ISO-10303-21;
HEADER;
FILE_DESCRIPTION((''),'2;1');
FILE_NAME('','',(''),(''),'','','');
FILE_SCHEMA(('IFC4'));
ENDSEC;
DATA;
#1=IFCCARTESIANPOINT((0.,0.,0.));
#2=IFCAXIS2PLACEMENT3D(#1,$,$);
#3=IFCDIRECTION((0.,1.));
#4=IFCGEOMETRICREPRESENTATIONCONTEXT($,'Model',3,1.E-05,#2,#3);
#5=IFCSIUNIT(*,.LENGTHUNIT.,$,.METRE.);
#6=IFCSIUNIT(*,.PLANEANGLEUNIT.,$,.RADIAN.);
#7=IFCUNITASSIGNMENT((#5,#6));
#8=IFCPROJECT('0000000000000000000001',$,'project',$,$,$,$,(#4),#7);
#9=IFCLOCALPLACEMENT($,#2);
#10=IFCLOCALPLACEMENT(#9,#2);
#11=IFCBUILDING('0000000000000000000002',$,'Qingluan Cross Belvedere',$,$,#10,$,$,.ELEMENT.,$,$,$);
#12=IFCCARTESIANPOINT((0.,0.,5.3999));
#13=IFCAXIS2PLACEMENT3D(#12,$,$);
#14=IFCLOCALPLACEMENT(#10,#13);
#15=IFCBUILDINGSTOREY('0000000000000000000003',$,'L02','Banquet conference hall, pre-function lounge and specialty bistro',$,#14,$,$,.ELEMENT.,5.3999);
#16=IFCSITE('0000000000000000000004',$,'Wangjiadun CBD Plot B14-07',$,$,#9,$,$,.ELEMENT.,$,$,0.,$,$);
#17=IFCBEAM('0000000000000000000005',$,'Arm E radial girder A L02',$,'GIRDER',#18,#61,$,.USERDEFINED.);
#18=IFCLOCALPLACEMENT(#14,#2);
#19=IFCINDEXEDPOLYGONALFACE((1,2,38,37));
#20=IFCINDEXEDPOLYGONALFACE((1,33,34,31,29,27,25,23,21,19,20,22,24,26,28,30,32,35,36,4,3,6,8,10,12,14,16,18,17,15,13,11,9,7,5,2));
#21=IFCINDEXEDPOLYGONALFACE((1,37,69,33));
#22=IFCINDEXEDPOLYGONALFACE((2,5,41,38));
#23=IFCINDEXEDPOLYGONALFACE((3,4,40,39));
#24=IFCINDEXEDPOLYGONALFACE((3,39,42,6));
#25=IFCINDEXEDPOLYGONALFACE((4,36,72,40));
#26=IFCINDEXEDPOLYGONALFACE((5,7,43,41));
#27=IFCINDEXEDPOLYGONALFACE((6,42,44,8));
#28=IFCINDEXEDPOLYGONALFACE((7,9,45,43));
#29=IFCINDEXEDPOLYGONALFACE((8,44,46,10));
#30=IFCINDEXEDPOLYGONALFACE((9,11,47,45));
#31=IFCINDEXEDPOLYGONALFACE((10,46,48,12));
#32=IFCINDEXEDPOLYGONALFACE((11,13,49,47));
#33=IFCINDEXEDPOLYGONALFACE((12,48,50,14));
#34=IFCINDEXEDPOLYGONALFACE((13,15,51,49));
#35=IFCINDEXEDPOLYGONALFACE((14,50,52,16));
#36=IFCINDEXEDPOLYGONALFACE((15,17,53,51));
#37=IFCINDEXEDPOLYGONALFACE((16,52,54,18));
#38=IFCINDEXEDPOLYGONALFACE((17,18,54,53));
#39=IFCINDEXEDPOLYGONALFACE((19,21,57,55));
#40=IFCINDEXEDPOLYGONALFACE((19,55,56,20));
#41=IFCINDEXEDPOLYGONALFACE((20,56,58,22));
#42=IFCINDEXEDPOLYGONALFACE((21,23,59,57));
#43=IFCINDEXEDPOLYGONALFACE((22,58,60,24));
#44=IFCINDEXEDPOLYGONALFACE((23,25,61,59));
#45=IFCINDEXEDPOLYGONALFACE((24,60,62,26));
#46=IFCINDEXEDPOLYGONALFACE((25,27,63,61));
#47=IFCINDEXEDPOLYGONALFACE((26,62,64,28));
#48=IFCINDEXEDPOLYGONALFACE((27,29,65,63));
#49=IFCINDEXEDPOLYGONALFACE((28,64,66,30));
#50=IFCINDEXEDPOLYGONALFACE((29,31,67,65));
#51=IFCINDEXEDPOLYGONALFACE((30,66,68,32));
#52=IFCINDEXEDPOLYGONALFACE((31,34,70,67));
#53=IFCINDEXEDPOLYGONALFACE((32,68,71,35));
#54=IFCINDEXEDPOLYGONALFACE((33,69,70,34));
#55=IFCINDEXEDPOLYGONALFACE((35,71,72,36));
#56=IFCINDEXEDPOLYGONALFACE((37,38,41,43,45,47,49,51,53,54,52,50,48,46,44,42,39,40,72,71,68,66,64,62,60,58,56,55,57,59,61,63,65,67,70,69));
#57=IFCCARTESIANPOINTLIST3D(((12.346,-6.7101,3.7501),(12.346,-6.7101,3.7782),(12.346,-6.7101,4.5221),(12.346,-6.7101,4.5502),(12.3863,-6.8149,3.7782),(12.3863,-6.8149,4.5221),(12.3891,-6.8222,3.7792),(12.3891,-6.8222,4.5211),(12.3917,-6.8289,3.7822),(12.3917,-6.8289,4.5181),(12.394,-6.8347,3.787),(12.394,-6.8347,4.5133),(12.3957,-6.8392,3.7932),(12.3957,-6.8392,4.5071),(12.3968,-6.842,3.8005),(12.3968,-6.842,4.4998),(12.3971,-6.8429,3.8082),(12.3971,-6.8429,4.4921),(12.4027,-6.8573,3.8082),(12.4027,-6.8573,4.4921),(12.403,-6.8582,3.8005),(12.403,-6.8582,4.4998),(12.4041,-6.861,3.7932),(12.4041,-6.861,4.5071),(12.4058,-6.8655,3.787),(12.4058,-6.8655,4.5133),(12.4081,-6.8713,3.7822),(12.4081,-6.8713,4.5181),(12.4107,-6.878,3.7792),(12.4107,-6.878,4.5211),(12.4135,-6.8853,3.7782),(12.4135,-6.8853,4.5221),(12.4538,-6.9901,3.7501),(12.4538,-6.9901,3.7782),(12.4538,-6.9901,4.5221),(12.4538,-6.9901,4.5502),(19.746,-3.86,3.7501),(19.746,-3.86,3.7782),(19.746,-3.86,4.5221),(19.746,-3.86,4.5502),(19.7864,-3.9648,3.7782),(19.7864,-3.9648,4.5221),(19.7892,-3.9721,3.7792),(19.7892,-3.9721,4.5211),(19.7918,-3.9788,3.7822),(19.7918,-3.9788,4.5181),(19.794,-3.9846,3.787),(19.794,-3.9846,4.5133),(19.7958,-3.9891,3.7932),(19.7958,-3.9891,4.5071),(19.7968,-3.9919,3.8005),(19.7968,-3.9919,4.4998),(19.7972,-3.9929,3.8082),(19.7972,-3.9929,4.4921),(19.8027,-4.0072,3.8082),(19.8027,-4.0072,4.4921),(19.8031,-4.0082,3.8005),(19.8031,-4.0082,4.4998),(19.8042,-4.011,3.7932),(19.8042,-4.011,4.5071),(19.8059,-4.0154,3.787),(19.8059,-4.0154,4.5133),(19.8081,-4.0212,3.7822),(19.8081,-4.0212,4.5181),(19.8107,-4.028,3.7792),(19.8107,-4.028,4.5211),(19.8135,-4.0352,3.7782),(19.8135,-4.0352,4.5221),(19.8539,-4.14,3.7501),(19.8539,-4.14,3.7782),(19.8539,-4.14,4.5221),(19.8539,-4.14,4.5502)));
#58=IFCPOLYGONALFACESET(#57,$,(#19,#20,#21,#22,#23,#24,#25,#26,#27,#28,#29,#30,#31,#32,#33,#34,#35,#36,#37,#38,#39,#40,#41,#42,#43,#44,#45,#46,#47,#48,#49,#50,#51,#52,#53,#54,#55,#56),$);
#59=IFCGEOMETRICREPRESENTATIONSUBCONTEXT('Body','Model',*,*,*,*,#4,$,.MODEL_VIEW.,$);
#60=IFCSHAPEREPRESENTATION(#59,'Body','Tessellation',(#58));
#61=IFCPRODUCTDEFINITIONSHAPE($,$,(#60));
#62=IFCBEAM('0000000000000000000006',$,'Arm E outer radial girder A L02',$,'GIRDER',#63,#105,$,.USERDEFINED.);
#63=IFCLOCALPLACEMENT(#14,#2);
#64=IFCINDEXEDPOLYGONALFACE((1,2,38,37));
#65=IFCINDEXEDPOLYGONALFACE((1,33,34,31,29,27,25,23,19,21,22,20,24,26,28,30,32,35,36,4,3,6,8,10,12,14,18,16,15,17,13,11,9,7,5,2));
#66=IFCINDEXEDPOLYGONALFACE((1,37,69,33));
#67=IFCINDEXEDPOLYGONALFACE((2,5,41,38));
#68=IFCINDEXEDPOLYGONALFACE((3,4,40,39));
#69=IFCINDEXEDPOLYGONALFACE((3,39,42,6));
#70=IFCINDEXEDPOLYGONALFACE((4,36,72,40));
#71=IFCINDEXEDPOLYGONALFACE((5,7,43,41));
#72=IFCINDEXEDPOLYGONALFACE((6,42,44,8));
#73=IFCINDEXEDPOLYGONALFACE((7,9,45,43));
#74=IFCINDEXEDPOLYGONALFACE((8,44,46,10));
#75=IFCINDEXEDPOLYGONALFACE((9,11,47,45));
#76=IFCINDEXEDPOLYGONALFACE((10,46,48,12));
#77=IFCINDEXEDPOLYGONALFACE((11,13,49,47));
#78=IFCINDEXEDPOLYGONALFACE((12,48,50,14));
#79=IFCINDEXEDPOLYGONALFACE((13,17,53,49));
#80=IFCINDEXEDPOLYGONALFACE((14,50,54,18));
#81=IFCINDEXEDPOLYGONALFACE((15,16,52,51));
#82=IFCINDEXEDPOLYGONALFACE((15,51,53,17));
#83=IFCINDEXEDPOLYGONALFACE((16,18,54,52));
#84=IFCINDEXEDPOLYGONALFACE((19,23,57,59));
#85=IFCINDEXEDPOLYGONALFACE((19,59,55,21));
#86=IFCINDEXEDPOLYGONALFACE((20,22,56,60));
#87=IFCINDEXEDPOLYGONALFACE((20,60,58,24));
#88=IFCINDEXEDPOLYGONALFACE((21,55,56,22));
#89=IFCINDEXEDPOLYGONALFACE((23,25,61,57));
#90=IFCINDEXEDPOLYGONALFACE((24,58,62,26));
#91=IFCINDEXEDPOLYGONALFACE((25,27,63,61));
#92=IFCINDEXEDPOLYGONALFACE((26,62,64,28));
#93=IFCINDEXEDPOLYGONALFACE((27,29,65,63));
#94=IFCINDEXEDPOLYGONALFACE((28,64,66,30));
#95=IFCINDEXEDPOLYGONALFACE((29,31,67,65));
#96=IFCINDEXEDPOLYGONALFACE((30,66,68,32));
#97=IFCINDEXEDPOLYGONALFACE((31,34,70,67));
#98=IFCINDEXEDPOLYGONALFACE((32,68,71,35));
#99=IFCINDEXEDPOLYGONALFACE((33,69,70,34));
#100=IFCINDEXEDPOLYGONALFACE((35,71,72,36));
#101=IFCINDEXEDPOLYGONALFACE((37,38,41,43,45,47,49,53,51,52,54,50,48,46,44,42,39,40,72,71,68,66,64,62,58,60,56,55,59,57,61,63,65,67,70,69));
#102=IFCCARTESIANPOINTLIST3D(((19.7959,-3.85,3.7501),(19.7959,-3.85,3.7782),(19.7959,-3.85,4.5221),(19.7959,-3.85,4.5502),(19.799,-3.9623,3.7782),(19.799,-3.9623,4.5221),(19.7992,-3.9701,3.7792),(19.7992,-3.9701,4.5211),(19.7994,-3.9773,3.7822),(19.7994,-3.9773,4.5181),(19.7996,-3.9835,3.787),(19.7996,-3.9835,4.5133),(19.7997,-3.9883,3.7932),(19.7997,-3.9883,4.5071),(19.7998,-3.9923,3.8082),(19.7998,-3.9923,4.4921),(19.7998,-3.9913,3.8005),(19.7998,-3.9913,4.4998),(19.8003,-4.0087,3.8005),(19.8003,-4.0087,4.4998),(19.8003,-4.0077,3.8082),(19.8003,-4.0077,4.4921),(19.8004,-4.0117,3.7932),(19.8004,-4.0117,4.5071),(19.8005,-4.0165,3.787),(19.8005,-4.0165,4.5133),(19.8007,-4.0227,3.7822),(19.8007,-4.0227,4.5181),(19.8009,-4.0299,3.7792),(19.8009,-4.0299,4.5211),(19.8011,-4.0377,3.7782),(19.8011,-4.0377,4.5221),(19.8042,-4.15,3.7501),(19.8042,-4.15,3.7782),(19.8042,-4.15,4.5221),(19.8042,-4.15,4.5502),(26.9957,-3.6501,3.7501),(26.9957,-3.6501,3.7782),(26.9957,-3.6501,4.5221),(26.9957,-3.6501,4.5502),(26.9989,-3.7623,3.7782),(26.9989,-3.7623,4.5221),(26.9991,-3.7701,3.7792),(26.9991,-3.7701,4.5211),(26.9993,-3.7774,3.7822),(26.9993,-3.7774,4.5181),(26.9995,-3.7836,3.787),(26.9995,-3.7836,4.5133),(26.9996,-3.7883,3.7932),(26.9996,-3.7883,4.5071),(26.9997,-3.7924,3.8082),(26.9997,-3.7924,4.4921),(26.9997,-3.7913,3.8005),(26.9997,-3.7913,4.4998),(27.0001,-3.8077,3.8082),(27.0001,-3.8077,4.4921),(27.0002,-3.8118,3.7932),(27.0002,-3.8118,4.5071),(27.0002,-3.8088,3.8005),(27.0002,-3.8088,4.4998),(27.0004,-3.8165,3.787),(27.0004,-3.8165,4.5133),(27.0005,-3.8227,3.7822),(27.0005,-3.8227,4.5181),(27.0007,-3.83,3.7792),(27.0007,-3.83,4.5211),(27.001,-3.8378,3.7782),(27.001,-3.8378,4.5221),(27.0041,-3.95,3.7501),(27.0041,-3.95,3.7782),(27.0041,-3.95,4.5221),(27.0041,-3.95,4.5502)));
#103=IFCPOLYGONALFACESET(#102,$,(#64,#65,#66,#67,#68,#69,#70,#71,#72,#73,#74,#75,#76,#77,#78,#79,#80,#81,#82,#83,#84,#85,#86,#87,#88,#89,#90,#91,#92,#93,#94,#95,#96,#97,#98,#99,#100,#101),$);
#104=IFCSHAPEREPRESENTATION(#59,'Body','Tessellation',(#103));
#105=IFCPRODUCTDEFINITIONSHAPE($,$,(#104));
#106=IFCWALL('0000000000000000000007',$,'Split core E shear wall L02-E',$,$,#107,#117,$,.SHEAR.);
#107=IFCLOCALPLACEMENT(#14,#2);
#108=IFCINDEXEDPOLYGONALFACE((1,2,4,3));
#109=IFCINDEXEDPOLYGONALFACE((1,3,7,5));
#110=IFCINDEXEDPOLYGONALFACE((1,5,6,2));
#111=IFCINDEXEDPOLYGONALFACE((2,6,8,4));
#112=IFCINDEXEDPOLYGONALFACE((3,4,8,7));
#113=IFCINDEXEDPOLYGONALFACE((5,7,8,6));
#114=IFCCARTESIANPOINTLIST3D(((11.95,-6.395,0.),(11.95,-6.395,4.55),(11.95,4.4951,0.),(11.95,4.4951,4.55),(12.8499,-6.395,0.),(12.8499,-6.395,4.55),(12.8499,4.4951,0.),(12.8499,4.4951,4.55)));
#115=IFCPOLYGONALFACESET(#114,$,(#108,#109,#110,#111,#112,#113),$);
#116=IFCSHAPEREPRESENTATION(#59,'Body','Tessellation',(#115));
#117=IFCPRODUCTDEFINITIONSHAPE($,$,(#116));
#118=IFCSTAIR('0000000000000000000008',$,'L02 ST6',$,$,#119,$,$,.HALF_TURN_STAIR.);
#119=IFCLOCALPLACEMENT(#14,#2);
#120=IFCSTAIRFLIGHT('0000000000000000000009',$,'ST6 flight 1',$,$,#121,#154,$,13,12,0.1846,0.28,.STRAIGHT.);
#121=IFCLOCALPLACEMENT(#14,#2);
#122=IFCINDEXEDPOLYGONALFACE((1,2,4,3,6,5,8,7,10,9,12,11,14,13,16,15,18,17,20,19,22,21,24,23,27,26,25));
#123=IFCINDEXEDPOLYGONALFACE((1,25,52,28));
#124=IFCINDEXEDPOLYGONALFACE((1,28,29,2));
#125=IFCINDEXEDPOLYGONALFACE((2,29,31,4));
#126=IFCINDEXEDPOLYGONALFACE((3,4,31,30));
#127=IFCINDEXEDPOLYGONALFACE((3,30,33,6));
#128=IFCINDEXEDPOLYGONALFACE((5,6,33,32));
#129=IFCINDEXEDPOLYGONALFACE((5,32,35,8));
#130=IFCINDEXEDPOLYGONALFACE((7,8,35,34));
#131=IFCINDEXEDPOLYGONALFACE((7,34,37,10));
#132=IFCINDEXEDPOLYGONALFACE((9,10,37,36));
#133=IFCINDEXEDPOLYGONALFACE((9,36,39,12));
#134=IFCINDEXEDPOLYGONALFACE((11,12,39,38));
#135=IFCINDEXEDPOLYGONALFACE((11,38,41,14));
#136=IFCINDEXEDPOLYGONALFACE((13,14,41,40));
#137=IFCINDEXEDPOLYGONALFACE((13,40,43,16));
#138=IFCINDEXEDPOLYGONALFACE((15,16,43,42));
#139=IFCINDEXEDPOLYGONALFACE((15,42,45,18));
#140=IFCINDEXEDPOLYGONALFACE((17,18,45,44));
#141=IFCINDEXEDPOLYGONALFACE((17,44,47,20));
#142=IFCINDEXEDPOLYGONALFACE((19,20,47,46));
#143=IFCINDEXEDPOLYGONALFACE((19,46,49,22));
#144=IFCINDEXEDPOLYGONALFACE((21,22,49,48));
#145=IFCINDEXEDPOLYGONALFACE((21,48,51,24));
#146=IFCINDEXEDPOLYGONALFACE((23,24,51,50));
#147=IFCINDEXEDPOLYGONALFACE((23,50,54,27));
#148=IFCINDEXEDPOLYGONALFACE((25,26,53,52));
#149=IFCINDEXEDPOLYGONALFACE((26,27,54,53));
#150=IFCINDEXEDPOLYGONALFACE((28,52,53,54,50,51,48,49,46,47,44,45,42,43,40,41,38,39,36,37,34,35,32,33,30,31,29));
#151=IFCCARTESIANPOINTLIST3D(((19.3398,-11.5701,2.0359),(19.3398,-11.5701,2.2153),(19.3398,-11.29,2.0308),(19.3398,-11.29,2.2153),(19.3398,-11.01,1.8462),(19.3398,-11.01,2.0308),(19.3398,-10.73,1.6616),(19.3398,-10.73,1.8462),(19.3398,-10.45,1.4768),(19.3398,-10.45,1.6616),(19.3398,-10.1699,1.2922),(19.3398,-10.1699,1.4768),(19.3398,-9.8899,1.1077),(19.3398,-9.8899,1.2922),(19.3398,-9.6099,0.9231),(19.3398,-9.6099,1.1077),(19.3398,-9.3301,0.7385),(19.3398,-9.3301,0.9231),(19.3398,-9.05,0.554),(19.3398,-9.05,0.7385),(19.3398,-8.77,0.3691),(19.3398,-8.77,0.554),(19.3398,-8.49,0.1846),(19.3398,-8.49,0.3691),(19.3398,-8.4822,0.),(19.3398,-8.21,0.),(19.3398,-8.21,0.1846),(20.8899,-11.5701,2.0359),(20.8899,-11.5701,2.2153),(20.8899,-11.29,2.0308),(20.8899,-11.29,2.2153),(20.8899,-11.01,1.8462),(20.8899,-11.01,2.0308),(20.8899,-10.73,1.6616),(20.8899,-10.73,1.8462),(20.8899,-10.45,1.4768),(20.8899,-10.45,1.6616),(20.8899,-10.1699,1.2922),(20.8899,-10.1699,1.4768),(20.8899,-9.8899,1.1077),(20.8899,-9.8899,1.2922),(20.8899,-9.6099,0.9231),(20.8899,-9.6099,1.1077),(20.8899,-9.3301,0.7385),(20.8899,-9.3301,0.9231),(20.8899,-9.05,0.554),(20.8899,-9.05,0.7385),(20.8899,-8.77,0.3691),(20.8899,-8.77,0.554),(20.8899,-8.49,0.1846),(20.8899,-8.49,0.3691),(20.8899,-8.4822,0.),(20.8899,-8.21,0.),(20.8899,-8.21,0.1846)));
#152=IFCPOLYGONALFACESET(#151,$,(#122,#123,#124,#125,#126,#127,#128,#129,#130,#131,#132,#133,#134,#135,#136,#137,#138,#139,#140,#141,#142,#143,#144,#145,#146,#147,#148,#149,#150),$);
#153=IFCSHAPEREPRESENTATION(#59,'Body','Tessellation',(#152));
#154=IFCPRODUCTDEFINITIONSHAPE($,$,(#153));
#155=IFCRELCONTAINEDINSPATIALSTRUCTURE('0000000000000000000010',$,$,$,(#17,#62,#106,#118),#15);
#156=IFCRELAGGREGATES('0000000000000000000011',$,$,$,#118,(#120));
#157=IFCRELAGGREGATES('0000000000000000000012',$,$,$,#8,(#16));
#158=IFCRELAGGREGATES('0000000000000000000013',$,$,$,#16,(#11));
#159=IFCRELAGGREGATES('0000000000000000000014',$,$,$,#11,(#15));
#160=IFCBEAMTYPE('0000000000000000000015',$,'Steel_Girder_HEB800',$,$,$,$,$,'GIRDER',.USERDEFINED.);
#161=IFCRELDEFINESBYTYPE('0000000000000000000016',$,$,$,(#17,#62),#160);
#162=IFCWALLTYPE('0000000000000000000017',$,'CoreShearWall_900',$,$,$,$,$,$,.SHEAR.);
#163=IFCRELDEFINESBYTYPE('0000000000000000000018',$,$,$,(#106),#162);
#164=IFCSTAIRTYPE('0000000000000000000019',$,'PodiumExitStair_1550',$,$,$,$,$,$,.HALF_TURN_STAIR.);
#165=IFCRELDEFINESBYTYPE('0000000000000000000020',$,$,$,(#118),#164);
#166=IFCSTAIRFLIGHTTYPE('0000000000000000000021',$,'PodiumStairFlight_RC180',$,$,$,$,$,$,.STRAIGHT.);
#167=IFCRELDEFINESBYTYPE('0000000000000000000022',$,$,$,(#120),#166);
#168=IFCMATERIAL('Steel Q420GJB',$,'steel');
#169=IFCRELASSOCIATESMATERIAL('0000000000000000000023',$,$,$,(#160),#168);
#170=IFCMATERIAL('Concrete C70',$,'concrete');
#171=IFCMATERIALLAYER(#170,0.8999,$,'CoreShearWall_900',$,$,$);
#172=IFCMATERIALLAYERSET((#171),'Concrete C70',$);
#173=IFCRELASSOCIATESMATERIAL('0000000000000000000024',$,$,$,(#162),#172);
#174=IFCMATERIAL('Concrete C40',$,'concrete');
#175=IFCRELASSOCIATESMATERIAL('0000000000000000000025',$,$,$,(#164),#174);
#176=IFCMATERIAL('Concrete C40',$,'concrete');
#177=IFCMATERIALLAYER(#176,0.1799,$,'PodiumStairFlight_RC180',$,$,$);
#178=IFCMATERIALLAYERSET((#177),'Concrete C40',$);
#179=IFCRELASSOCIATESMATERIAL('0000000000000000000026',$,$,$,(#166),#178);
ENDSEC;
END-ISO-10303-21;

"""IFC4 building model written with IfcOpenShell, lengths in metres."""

from ifc_helpers import new_model, si_unit, direction, frame, frame_2d, origin, origin_2d, place, context, subcontext, project, spatial, polyline, rectangle, i_section, outline, extrude, material, layer, layer_set, material_profile, profile_set, type_object, element, aggregate, save


model = new_model("IFC4")

# Units and contexts
model_context = context("Model", 3, precision=1e-05, world=origin(), true_north=direction((0.0, 1.0)))
body_context = subcontext(model_context, "Body", "Model", "MODEL_VIEW")
ifc_project = project(units=[si_unit("LENGTHUNIT", "METRE"), si_unit("PLANEANGLEUNIT", "RADIAN")], contexts=[model_context])

# Site, building, storey
site_placement = place(None, origin())
site = spatial("IfcSite", under=ifc_project, at=site_placement, Name="Wangjiadun CBD Plot B14-07", CompositionType="ELEMENT", RefElevation=0.0)
building_placement = place(site_placement, origin())
building = spatial("IfcBuilding", under=site, at=building_placement, Name="Qingluan Cross Belvedere", CompositionType="ELEMENT")
storey_placement = place(building_placement, frame((0.0, 0.0, 5.3999)))
storey = spatial("IfcBuildingStorey", under=building, at=storey_placement, Name="L02", Description="Banquet conference hall, pre-function lounge and specialty bistro", CompositionType="ELEMENT", Elevation=5.3999)

# Beams
ifc_material_1 = material(Name="Steel Q420GJB", Category="steel")
ifc_material_profile_1 = material_profile(ifc_material_1, i_section(OverallWidth=0.3, OverallDepth=0.8, WebThickness=0.0154, FlangeThickness=0.0281, FilletRadius=0.03, at=origin_2d()), Name="HEB800")
ifc_profile_set_1 = profile_set([ifc_material_profile_1], Name="Steel Q420GJB")
beam_type_1 = type_object("IfcBeamType", Name="Steel_Girder_HEB800", ElementType="GIRDER", PredefinedType="USERDEFINED", material=ifc_profile_set_1)
beam_1_placement = place(storey_placement, frame((12.3999, -6.8501, 4.1501), z_axis=(0.933181, 0.359406, 0.0), x_axis=(-0.359406, 0.933181, 0.0)))
element("IfcBeam", 1, at=beam_1_placement, inside=storey, type_object=beam_type_1, Name="Arm E radial girder A L02", ObjectType="GIRDER", PredefinedType="USERDEFINED", context=body_context, shape_type="SweptSolid", body=[
    extrude(i_section(OverallWidth=0.3, OverallDepth=0.8, WebThickness=0.0154, FlangeThickness=0.0281, FilletRadius=0.03, at=origin_2d()), origin(), (0.0, 0.0, 1.0), 7.9299),
])
beam_2_placement = place(storey_placement, frame((19.8, -4.0, 4.1501), z_axis=(0.999615, 0.02776, 0.0), x_axis=(-0.02776, 0.999615, 0.0)))
element("IfcBeam", 2, at=beam_2_placement, inside=storey, type_object=beam_type_1, Name="Arm E outer radial girder A L02", ObjectType="GIRDER", PredefinedType="USERDEFINED", context=body_context, shape_type="SweptSolid", body=[
    extrude(i_section(OverallWidth=0.3, OverallDepth=0.8, WebThickness=0.0154, FlangeThickness=0.0281, FilletRadius=0.03, at=origin_2d()), origin(), (0.0, 0.0, 1.0), 7.2026),
])

# Wall
ifc_material_2 = material(Name="Concrete C70", Category="concrete")
ifc_layer_1 = layer(ifc_material_2, 0.8999, Name="CoreShearWall_900")
ifc_layer_set_1 = layer_set([ifc_layer_1], Name="Concrete C70")
wall_type_1 = type_object("IfcWallType", Name="CoreShearWall_900", PredefinedType="SHEAR", material=ifc_layer_set_1)
wall_1_placement = place(storey_placement, frame((12.3999, -6.395, 0.0), z_axis=(0.0, 0.0, 1.0), x_axis=(0.0, 1.0, 0.0)))
element("IfcWall", 3, at=wall_1_placement, inside=storey, type_object=wall_type_1, Name="Split core E shear wall L02-E", PredefinedType="SHEAR", context=body_context, shape_type="SweptSolid", body=[
    extrude(rectangle(XDim=10.8901, YDim=0.8999, at=frame_2d((5.4451, 0.0))), origin(), (0.0, 0.0, 1.0), 4.55),
])

# Stair, stair flight
ifc_material_3 = material(Name="Concrete C40", Category="concrete")
stair_type = type_object("IfcStairType", Name="PodiumExitStair_1550", PredefinedType="HALF_TURN_STAIR", material=ifc_material_3)
stair_placement = place(storey_placement, origin())
stair = element("IfcStair", 4, at=stair_placement, inside=storey, type_object=stair_type, Name="L02 ST6", PredefinedType="HALF_TURN_STAIR")
ifc_material_4 = material(Name="Concrete C40", Category="concrete")
ifc_layer_2 = layer(ifc_material_4, 0.1799, Name="PodiumStairFlight_RC180")
ifc_layer_set_2 = layer_set([ifc_layer_2], Name="Concrete C40")
stair_flight_type = type_object("IfcStairFlightType", Name="PodiumStairFlight_RC180", PredefinedType="STRAIGHT", material=ifc_layer_set_2)
stair_flight_placement = place(storey_placement, frame((20.115, -8.21, 0.0), z_axis=(0.0, 0.0, 1.0), x_axis=(0.0, -1.0, 0.0)))
stair_flight = element("IfcStairFlight", 5, at=stair_flight_placement, type_object=stair_flight_type, Name="ST6 flight 1", NumberOfRisers=13, NumberOfTreads=12, PredefinedType="STRAIGHT", RiserHeight=0.1846, TreadLength=0.28, context=body_context, shape_type="SweptSolid", body=[
    extrude(outline(polyline([(0.0, 0.0), (0.0, 0.1846), (0.28, 0.1846), (0.28, 0.3691), (0.5601, 0.3691), (0.5601, 0.554), (0.8401, 0.554), (0.8401, 0.7385), (1.1201, 0.7385), (1.1201, 0.9231), (1.3999, 0.9231), (1.3999, 1.1077), (1.6799, 1.1077), (1.6799, 1.2922), (1.96, 1.2922), (1.96, 1.4768), (2.24, 1.4768), (2.24, 1.6616), (2.52, 1.6616), (2.52, 1.8462), (2.8, 1.8462), (2.8, 2.0308), (3.0801, 2.0308), (3.0801, 2.2153), (3.3601, 2.2153), (3.3601, 2.3999), (3.3601, 2.0359), (0.2722, 0.0), (0.0, 0.0)])), frame((0.0, 0.7749, 0.0), z_axis=(0.0, -1.0, 0.0), x_axis=(1.0, 0.0, 0.0)), (0.0, 0.0, 1.0), 1.55),
])
aggregate(stair, [stair_flight])

save(model, "model.ifc")
